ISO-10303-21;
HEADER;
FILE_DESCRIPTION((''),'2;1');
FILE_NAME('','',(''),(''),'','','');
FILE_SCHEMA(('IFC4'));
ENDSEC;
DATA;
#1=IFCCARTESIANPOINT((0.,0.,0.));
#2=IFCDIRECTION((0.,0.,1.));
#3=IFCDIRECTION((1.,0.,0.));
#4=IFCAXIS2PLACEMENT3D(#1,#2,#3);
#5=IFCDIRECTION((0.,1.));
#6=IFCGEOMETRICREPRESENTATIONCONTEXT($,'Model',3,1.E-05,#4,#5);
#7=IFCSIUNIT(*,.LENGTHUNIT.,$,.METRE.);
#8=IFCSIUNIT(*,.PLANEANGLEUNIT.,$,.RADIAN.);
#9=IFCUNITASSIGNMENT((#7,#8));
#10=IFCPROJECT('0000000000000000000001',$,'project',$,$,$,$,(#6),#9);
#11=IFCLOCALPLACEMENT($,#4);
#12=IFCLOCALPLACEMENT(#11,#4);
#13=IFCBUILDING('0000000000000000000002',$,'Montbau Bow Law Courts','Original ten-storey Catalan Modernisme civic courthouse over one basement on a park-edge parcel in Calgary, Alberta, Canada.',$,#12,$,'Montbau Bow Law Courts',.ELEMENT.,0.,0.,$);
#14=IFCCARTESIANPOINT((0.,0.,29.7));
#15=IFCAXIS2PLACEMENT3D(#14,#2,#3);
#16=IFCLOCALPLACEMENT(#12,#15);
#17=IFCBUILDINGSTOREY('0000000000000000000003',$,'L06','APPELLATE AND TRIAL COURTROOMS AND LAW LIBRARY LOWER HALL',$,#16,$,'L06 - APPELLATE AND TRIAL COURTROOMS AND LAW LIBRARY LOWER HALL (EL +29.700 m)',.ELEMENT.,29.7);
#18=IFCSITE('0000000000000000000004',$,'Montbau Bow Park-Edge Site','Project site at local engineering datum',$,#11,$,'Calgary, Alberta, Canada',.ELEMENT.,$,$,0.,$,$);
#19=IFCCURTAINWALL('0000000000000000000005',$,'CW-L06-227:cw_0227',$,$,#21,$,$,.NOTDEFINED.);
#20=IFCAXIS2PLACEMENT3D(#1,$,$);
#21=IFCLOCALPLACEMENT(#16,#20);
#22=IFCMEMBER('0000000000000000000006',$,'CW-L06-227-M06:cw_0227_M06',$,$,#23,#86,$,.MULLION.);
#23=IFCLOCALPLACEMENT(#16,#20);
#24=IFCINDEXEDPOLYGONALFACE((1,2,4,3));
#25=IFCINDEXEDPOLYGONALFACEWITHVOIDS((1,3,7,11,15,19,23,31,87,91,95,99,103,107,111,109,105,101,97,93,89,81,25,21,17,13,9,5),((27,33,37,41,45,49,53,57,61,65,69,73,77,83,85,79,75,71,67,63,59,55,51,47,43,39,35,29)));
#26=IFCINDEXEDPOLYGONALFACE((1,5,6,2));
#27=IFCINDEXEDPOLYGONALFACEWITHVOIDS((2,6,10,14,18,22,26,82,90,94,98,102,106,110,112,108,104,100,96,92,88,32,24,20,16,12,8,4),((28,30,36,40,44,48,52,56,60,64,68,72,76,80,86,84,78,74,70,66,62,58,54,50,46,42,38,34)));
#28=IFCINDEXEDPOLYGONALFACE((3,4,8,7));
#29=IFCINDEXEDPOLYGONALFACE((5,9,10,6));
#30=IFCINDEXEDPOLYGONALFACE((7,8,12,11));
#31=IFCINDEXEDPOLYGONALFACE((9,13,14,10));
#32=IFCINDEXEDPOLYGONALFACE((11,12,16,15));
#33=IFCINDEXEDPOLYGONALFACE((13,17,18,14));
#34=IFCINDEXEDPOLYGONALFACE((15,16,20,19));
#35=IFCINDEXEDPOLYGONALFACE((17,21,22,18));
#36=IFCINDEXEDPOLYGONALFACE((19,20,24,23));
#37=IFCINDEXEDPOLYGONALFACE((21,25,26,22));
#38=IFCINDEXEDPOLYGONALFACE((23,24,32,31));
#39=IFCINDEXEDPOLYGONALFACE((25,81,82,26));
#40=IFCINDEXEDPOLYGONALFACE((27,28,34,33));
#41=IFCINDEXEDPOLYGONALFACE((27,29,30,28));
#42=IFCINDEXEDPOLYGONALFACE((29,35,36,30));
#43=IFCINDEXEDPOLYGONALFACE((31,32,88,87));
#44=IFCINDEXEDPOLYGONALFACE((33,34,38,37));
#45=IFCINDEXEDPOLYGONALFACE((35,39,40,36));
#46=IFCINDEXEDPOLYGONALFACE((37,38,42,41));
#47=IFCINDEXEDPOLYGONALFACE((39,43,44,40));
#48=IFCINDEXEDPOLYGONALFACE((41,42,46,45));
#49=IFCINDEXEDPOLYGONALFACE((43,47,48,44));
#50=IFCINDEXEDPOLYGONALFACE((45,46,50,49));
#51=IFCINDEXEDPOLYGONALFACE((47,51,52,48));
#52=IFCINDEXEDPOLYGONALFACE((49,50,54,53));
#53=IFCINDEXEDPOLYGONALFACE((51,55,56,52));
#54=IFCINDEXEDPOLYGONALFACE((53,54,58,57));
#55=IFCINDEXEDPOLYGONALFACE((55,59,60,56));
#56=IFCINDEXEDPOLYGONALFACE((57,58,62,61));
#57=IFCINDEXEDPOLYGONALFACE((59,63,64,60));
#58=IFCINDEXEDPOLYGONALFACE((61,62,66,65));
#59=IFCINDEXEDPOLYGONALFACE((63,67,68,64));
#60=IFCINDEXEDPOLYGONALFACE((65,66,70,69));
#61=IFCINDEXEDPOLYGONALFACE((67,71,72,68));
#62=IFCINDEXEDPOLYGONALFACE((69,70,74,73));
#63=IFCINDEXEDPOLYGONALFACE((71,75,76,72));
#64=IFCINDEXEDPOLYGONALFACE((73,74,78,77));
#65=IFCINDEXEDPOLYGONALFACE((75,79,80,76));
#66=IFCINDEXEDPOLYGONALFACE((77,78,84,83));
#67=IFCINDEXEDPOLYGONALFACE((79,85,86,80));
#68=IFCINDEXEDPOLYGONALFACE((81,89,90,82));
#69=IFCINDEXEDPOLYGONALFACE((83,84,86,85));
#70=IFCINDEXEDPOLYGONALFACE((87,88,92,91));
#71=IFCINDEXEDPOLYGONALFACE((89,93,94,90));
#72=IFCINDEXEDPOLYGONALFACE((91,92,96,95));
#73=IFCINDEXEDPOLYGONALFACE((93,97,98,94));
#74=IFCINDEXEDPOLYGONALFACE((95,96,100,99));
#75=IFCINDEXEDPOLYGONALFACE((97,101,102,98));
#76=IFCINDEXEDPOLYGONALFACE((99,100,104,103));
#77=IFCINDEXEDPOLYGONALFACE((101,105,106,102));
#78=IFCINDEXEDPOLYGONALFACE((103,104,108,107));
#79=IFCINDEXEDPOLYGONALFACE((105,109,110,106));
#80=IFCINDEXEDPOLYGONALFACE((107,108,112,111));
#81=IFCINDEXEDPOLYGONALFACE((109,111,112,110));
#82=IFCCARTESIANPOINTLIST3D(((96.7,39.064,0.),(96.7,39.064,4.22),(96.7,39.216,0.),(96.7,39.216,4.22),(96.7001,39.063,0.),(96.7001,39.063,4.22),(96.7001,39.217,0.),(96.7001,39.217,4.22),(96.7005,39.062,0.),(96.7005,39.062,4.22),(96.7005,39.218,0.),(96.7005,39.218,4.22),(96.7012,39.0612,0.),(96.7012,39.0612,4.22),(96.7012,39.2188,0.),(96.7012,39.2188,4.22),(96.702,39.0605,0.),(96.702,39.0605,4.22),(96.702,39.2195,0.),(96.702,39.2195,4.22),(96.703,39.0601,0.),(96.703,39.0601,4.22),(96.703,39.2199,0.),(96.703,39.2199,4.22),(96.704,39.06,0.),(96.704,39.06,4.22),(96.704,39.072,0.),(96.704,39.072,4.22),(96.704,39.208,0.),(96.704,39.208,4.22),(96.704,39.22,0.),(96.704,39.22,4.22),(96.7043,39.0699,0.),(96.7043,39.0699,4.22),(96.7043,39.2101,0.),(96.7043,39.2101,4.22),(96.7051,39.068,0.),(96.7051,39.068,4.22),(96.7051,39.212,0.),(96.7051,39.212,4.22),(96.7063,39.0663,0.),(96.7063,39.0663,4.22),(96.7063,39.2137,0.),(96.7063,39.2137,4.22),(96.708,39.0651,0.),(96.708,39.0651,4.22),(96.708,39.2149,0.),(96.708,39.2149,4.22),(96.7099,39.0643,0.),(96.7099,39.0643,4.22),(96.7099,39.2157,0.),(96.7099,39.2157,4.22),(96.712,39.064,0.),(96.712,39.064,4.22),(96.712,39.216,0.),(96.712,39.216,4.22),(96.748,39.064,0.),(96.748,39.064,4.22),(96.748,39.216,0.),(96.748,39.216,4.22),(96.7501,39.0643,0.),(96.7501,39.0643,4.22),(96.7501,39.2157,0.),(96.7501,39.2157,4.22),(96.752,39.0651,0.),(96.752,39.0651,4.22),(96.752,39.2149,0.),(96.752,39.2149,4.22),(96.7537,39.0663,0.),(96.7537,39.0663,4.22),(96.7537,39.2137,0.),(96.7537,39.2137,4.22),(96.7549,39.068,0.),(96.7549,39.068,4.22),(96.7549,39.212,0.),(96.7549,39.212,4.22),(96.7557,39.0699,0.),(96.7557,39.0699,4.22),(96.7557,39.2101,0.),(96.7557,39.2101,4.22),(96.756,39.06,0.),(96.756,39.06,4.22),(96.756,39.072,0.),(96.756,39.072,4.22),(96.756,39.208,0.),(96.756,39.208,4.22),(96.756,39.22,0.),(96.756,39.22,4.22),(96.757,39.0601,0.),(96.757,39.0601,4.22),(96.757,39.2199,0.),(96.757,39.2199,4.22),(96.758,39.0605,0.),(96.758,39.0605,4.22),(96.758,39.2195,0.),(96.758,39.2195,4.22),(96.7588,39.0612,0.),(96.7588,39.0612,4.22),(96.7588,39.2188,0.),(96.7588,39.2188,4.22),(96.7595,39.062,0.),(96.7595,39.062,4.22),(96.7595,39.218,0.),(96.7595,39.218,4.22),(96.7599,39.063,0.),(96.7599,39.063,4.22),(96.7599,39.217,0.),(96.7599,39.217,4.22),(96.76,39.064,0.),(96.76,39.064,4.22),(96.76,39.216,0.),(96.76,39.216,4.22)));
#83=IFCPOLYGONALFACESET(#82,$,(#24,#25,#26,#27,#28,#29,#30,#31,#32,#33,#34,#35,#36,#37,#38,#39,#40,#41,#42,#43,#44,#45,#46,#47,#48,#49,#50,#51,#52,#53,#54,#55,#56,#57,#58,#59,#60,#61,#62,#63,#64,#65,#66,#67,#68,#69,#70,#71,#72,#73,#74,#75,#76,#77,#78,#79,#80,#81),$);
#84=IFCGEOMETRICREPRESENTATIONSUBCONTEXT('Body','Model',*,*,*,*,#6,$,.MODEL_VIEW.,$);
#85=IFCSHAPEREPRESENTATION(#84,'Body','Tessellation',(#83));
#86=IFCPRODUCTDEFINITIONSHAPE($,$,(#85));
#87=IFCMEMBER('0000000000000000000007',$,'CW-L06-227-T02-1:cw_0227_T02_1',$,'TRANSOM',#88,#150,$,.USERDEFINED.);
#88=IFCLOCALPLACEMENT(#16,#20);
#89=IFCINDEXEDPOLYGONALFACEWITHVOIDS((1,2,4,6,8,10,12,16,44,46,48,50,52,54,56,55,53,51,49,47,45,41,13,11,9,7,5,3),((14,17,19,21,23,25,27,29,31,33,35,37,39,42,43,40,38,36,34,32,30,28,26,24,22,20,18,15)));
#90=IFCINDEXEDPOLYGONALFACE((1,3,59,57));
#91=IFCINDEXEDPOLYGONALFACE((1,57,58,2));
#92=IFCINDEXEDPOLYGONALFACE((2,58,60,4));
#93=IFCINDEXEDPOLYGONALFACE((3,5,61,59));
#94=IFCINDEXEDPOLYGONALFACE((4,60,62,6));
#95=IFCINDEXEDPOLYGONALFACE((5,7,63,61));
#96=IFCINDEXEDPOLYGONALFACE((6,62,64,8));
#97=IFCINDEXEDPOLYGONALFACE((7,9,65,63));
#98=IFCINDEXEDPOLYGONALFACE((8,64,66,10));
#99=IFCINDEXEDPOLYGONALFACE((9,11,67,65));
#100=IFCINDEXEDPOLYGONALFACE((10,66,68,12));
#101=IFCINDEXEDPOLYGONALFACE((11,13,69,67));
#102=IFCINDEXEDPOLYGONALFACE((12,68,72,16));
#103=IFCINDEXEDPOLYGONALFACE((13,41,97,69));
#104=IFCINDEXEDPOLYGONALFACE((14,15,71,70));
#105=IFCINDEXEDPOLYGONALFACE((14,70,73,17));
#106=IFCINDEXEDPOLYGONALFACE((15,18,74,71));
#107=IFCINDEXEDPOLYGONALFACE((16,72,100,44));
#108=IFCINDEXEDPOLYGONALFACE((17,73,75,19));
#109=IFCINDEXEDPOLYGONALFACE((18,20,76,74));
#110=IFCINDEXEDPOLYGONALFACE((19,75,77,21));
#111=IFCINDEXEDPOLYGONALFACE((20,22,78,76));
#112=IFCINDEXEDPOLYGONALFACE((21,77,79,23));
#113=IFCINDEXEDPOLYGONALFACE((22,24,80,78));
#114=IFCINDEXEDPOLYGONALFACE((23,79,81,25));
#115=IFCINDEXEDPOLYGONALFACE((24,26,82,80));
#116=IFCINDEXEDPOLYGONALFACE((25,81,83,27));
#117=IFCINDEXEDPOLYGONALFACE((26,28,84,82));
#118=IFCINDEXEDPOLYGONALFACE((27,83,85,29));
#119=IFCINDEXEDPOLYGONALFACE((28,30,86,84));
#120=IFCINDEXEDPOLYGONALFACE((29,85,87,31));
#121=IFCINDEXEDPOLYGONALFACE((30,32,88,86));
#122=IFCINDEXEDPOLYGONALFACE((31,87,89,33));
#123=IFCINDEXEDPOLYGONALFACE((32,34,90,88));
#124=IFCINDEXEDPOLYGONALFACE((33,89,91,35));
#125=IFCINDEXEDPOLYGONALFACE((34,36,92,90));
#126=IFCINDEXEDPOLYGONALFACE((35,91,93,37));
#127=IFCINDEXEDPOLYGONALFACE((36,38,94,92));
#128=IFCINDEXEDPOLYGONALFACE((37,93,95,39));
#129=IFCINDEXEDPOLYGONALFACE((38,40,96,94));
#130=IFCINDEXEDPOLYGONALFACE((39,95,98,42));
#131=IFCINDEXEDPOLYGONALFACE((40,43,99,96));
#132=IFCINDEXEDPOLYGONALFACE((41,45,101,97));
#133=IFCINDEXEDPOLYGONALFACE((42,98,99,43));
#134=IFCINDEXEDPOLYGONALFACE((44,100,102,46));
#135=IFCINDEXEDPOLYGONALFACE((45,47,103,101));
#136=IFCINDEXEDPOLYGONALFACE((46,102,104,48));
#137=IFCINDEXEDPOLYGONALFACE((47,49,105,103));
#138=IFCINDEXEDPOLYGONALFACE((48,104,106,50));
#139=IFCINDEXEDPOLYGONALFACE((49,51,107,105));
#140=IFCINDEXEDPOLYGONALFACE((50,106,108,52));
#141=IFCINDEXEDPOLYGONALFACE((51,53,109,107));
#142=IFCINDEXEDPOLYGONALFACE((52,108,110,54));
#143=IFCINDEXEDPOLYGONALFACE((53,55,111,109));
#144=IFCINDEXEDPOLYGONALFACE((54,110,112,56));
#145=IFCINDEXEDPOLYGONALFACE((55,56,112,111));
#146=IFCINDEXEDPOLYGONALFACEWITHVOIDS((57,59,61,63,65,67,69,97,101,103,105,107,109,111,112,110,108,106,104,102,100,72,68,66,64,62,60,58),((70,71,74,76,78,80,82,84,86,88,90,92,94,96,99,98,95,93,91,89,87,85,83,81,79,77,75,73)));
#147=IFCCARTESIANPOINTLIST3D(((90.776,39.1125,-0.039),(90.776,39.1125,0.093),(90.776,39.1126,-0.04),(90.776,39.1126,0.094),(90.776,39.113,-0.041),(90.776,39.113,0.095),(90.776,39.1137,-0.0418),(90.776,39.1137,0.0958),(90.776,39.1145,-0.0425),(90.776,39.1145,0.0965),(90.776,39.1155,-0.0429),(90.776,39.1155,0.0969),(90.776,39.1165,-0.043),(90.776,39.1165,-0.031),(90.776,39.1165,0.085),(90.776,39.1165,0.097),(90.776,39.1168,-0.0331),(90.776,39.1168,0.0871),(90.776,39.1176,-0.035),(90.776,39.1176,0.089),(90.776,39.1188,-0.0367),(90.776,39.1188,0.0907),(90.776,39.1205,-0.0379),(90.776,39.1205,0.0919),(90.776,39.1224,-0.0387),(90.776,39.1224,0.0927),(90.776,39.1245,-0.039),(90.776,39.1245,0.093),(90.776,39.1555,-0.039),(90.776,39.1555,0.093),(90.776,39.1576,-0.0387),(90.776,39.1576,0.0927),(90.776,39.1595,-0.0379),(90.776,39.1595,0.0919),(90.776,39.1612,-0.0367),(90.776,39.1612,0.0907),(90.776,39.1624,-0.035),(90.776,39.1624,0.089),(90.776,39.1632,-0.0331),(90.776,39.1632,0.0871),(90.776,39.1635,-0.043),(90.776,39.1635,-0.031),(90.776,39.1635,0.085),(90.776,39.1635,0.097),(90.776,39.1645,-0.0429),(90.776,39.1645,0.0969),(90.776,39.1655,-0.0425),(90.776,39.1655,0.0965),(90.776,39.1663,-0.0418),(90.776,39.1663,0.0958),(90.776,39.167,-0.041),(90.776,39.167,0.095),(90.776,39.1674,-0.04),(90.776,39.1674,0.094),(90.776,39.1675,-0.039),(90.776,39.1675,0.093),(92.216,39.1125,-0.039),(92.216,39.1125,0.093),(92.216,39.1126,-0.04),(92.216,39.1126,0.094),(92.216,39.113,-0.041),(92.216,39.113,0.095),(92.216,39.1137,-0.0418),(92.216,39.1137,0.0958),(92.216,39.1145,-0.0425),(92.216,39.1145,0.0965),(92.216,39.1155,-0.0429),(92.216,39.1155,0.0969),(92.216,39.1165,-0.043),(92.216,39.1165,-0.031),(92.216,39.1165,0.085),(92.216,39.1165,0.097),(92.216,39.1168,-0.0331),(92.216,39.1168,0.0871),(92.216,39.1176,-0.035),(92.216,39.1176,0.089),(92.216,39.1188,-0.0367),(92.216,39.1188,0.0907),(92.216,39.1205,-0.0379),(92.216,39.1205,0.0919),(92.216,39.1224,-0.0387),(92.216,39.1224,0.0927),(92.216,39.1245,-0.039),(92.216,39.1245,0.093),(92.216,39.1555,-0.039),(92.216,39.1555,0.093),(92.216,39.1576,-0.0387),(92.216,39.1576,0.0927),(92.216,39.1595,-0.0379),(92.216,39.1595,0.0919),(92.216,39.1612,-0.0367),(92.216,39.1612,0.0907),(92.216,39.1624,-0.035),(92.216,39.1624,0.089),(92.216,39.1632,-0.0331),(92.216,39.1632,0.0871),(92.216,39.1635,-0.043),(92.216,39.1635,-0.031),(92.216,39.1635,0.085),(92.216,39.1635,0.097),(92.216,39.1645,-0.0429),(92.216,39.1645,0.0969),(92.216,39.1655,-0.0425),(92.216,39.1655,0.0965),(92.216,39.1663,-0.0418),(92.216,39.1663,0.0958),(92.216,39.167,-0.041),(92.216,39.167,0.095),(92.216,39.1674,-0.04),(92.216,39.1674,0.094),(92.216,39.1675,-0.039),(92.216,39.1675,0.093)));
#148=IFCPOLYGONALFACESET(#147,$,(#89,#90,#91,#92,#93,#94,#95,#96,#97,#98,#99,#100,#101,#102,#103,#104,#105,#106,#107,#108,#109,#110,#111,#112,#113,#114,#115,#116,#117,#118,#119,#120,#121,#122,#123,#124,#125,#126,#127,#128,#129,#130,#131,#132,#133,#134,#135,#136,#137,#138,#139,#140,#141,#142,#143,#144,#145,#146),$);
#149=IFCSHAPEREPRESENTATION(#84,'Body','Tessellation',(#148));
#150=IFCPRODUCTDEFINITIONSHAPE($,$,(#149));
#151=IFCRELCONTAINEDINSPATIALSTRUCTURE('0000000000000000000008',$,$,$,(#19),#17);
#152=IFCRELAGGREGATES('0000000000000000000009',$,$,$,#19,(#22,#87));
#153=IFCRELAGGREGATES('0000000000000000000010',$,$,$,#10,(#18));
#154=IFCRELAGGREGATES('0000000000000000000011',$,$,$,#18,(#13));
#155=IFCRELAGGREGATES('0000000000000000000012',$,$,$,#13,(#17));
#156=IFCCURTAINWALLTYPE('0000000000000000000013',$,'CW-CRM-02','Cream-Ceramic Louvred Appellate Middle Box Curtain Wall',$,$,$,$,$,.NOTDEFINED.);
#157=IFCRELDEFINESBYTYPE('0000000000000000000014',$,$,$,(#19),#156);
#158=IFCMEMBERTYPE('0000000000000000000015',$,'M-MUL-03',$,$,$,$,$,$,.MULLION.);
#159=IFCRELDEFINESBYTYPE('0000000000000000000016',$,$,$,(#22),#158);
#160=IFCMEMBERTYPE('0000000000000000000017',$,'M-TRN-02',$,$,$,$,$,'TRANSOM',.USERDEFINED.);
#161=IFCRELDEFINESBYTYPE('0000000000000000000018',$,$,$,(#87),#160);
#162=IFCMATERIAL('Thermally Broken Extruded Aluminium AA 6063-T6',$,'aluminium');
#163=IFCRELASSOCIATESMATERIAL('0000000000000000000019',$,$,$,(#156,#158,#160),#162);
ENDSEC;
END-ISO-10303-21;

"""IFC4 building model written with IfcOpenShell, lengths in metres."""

from ifc_helpers import new_model, si_unit, direction, frame, origin_with_axes, origin_2d_with_axis, place, context, subcontext, project, spatial, hollow_rectangle, extrude, material, material_profile, profile_set, type_object, element, aggregate, save


model = new_model("IFC4")

# Units and contexts
model_context = context("Model", 3, precision=1e-05, world=origin_with_axes(), true_north=direction((0.0, 1.0)))
body_context = subcontext(model_context, "Body", "Model", "MODEL_VIEW")
ifc_project = project(units=[si_unit("LENGTHUNIT", "METRE"), si_unit("PLANEANGLEUNIT", "RADIAN")], contexts=[model_context])

# Site, building, storey
site_placement = place(None, origin_with_axes())
site = spatial("IfcSite", under=ifc_project, at=site_placement, Name="Montbau Bow Park-Edge Site", Description="Project site at local engineering datum", LongName="Calgary, Alberta, Canada", CompositionType="ELEMENT", RefElevation=0.0)
building_placement = place(site_placement, origin_with_axes())
building = spatial("IfcBuilding", under=site, at=building_placement, Name="Montbau Bow Law Courts", Description="Original ten-storey Catalan Modernisme civic courthouse over one basement on a park-edge parcel in Calgary, Alberta, Canada.", LongName="Montbau Bow Law Courts", CompositionType="ELEMENT", ElevationOfRefHeight=0.0, ElevationOfTerrain=0.0)
storey_placement = place(building_placement, frame((0.0, 0.0, 29.7), z_axis=(0.0, 0.0, 1.0), x_axis=(1.0, 0.0, 0.0)))
storey = spatial("IfcBuildingStorey", under=building, at=storey_placement, Name="L06", Description="APPELLATE AND TRIAL COURTROOMS AND LAW LIBRARY LOWER HALL", LongName="L06 - APPELLATE AND TRIAL COURTROOMS AND LAW LIBRARY LOWER HALL (EL +29.700 m)", CompositionType="ELEMENT", Elevation=29.7)

# Curtain wall, members
ifc_material_1 = material(Name="Thermally Broken Extruded Aluminium AA 6063-T6", Category="aluminium")
curtain_wall_type = type_object("IfcCurtainWallType", Name="CW-CRM-02", Description="Cream-Ceramic Louvred Appellate Middle Box Curtain Wall", PredefinedType="NOTDEFINED", material=ifc_material_1)
curtain_wall_placement = place(None, frame((89.24, 39.14, 29.7), z_axis=(0.0, 0.0, 1.0), x_axis=(1.0, 0.0, 0.0)))
curtain_wall = element("IfcCurtainWall", 1, at=curtain_wall_placement, inside=storey, type_object=curtain_wall_type, Name="CW-L06-227:cw_0227", PredefinedType="NOTDEFINED")
ifc_material_profile_1 = material_profile(ifc_material_1, hollow_rectangle(XDim=0.06, YDim=0.16, WallThickness=0.004, InnerFilletRadius=0.008, OuterFilletRadius=0.004, at=origin_2d_with_axis()), Name="CWM-160X60", Category="Main", Priority=0)
ifc_profile_set_1 = profile_set([ifc_material_profile_1], Name="Thermally Broken Extruded Aluminium AA 6063-T6")
member_type_1 = type_object("IfcMemberType", Name="M-MUL-03", PredefinedType="MULLION", material=ifc_profile_set_1)
member_1_placement = place(None, frame((96.73, 39.14, 29.7), z_axis=(0.0, 0.0, 1.0), x_axis=(1.0, 0.0, 0.0)))
member_1 = element("IfcMember", 2, at=member_1_placement, type_object=member_type_1, Name="CW-L06-227-M06:cw_0227_M06", PredefinedType="MULLION", context=body_context, shape_type="SweptSolid", body=[
    extrude(hollow_rectangle(XDim=0.06, YDim=0.16, WallThickness=0.004, InnerFilletRadius=0.008, OuterFilletRadius=0.004, at=origin_2d_with_axis()), origin_with_axes(), (0.0, 0.0, 1.0), 4.22),
])
ifc_material_profile_2 = material_profile(ifc_material_1, hollow_rectangle(XDim=0.055, YDim=0.14, WallThickness=0.004, InnerFilletRadius=0.008, OuterFilletRadius=0.004, at=origin_2d_with_axis()), Name="CWT-140X55", Category="Main", Priority=0)
ifc_profile_set_2 = profile_set([ifc_material_profile_2], Name="Thermally Broken Extruded Aluminium AA 6063-T6")
member_type_2 = type_object("IfcMemberType", Name="M-TRN-02", ElementType="TRANSOM", PredefinedType="USERDEFINED", material=ifc_profile_set_2)
member_2_placement = place(None, frame((90.776, 39.14, 29.727), z_axis=(1.0, 0.0, 0.0), x_axis=(0.0, 1.0, 0.0)))
member_2 = element("IfcMember", 3, at=member_2_placement, type_object=member_type_2, Name="CW-L06-227-T02-1:cw_0227_T02_1", ObjectType="TRANSOM", PredefinedType="USERDEFINED", context=body_context, shape_type="SweptSolid", body=[
    extrude(hollow_rectangle(XDim=0.055, YDim=0.14, WallThickness=0.004, InnerFilletRadius=0.008, OuterFilletRadius=0.004, at=origin_2d_with_axis()), origin_with_axes(), (0.0, 0.0, 1.0), 1.44),
])
aggregate(curtain_wall, [member_1, member_2])

save(model, "model.ifc")
